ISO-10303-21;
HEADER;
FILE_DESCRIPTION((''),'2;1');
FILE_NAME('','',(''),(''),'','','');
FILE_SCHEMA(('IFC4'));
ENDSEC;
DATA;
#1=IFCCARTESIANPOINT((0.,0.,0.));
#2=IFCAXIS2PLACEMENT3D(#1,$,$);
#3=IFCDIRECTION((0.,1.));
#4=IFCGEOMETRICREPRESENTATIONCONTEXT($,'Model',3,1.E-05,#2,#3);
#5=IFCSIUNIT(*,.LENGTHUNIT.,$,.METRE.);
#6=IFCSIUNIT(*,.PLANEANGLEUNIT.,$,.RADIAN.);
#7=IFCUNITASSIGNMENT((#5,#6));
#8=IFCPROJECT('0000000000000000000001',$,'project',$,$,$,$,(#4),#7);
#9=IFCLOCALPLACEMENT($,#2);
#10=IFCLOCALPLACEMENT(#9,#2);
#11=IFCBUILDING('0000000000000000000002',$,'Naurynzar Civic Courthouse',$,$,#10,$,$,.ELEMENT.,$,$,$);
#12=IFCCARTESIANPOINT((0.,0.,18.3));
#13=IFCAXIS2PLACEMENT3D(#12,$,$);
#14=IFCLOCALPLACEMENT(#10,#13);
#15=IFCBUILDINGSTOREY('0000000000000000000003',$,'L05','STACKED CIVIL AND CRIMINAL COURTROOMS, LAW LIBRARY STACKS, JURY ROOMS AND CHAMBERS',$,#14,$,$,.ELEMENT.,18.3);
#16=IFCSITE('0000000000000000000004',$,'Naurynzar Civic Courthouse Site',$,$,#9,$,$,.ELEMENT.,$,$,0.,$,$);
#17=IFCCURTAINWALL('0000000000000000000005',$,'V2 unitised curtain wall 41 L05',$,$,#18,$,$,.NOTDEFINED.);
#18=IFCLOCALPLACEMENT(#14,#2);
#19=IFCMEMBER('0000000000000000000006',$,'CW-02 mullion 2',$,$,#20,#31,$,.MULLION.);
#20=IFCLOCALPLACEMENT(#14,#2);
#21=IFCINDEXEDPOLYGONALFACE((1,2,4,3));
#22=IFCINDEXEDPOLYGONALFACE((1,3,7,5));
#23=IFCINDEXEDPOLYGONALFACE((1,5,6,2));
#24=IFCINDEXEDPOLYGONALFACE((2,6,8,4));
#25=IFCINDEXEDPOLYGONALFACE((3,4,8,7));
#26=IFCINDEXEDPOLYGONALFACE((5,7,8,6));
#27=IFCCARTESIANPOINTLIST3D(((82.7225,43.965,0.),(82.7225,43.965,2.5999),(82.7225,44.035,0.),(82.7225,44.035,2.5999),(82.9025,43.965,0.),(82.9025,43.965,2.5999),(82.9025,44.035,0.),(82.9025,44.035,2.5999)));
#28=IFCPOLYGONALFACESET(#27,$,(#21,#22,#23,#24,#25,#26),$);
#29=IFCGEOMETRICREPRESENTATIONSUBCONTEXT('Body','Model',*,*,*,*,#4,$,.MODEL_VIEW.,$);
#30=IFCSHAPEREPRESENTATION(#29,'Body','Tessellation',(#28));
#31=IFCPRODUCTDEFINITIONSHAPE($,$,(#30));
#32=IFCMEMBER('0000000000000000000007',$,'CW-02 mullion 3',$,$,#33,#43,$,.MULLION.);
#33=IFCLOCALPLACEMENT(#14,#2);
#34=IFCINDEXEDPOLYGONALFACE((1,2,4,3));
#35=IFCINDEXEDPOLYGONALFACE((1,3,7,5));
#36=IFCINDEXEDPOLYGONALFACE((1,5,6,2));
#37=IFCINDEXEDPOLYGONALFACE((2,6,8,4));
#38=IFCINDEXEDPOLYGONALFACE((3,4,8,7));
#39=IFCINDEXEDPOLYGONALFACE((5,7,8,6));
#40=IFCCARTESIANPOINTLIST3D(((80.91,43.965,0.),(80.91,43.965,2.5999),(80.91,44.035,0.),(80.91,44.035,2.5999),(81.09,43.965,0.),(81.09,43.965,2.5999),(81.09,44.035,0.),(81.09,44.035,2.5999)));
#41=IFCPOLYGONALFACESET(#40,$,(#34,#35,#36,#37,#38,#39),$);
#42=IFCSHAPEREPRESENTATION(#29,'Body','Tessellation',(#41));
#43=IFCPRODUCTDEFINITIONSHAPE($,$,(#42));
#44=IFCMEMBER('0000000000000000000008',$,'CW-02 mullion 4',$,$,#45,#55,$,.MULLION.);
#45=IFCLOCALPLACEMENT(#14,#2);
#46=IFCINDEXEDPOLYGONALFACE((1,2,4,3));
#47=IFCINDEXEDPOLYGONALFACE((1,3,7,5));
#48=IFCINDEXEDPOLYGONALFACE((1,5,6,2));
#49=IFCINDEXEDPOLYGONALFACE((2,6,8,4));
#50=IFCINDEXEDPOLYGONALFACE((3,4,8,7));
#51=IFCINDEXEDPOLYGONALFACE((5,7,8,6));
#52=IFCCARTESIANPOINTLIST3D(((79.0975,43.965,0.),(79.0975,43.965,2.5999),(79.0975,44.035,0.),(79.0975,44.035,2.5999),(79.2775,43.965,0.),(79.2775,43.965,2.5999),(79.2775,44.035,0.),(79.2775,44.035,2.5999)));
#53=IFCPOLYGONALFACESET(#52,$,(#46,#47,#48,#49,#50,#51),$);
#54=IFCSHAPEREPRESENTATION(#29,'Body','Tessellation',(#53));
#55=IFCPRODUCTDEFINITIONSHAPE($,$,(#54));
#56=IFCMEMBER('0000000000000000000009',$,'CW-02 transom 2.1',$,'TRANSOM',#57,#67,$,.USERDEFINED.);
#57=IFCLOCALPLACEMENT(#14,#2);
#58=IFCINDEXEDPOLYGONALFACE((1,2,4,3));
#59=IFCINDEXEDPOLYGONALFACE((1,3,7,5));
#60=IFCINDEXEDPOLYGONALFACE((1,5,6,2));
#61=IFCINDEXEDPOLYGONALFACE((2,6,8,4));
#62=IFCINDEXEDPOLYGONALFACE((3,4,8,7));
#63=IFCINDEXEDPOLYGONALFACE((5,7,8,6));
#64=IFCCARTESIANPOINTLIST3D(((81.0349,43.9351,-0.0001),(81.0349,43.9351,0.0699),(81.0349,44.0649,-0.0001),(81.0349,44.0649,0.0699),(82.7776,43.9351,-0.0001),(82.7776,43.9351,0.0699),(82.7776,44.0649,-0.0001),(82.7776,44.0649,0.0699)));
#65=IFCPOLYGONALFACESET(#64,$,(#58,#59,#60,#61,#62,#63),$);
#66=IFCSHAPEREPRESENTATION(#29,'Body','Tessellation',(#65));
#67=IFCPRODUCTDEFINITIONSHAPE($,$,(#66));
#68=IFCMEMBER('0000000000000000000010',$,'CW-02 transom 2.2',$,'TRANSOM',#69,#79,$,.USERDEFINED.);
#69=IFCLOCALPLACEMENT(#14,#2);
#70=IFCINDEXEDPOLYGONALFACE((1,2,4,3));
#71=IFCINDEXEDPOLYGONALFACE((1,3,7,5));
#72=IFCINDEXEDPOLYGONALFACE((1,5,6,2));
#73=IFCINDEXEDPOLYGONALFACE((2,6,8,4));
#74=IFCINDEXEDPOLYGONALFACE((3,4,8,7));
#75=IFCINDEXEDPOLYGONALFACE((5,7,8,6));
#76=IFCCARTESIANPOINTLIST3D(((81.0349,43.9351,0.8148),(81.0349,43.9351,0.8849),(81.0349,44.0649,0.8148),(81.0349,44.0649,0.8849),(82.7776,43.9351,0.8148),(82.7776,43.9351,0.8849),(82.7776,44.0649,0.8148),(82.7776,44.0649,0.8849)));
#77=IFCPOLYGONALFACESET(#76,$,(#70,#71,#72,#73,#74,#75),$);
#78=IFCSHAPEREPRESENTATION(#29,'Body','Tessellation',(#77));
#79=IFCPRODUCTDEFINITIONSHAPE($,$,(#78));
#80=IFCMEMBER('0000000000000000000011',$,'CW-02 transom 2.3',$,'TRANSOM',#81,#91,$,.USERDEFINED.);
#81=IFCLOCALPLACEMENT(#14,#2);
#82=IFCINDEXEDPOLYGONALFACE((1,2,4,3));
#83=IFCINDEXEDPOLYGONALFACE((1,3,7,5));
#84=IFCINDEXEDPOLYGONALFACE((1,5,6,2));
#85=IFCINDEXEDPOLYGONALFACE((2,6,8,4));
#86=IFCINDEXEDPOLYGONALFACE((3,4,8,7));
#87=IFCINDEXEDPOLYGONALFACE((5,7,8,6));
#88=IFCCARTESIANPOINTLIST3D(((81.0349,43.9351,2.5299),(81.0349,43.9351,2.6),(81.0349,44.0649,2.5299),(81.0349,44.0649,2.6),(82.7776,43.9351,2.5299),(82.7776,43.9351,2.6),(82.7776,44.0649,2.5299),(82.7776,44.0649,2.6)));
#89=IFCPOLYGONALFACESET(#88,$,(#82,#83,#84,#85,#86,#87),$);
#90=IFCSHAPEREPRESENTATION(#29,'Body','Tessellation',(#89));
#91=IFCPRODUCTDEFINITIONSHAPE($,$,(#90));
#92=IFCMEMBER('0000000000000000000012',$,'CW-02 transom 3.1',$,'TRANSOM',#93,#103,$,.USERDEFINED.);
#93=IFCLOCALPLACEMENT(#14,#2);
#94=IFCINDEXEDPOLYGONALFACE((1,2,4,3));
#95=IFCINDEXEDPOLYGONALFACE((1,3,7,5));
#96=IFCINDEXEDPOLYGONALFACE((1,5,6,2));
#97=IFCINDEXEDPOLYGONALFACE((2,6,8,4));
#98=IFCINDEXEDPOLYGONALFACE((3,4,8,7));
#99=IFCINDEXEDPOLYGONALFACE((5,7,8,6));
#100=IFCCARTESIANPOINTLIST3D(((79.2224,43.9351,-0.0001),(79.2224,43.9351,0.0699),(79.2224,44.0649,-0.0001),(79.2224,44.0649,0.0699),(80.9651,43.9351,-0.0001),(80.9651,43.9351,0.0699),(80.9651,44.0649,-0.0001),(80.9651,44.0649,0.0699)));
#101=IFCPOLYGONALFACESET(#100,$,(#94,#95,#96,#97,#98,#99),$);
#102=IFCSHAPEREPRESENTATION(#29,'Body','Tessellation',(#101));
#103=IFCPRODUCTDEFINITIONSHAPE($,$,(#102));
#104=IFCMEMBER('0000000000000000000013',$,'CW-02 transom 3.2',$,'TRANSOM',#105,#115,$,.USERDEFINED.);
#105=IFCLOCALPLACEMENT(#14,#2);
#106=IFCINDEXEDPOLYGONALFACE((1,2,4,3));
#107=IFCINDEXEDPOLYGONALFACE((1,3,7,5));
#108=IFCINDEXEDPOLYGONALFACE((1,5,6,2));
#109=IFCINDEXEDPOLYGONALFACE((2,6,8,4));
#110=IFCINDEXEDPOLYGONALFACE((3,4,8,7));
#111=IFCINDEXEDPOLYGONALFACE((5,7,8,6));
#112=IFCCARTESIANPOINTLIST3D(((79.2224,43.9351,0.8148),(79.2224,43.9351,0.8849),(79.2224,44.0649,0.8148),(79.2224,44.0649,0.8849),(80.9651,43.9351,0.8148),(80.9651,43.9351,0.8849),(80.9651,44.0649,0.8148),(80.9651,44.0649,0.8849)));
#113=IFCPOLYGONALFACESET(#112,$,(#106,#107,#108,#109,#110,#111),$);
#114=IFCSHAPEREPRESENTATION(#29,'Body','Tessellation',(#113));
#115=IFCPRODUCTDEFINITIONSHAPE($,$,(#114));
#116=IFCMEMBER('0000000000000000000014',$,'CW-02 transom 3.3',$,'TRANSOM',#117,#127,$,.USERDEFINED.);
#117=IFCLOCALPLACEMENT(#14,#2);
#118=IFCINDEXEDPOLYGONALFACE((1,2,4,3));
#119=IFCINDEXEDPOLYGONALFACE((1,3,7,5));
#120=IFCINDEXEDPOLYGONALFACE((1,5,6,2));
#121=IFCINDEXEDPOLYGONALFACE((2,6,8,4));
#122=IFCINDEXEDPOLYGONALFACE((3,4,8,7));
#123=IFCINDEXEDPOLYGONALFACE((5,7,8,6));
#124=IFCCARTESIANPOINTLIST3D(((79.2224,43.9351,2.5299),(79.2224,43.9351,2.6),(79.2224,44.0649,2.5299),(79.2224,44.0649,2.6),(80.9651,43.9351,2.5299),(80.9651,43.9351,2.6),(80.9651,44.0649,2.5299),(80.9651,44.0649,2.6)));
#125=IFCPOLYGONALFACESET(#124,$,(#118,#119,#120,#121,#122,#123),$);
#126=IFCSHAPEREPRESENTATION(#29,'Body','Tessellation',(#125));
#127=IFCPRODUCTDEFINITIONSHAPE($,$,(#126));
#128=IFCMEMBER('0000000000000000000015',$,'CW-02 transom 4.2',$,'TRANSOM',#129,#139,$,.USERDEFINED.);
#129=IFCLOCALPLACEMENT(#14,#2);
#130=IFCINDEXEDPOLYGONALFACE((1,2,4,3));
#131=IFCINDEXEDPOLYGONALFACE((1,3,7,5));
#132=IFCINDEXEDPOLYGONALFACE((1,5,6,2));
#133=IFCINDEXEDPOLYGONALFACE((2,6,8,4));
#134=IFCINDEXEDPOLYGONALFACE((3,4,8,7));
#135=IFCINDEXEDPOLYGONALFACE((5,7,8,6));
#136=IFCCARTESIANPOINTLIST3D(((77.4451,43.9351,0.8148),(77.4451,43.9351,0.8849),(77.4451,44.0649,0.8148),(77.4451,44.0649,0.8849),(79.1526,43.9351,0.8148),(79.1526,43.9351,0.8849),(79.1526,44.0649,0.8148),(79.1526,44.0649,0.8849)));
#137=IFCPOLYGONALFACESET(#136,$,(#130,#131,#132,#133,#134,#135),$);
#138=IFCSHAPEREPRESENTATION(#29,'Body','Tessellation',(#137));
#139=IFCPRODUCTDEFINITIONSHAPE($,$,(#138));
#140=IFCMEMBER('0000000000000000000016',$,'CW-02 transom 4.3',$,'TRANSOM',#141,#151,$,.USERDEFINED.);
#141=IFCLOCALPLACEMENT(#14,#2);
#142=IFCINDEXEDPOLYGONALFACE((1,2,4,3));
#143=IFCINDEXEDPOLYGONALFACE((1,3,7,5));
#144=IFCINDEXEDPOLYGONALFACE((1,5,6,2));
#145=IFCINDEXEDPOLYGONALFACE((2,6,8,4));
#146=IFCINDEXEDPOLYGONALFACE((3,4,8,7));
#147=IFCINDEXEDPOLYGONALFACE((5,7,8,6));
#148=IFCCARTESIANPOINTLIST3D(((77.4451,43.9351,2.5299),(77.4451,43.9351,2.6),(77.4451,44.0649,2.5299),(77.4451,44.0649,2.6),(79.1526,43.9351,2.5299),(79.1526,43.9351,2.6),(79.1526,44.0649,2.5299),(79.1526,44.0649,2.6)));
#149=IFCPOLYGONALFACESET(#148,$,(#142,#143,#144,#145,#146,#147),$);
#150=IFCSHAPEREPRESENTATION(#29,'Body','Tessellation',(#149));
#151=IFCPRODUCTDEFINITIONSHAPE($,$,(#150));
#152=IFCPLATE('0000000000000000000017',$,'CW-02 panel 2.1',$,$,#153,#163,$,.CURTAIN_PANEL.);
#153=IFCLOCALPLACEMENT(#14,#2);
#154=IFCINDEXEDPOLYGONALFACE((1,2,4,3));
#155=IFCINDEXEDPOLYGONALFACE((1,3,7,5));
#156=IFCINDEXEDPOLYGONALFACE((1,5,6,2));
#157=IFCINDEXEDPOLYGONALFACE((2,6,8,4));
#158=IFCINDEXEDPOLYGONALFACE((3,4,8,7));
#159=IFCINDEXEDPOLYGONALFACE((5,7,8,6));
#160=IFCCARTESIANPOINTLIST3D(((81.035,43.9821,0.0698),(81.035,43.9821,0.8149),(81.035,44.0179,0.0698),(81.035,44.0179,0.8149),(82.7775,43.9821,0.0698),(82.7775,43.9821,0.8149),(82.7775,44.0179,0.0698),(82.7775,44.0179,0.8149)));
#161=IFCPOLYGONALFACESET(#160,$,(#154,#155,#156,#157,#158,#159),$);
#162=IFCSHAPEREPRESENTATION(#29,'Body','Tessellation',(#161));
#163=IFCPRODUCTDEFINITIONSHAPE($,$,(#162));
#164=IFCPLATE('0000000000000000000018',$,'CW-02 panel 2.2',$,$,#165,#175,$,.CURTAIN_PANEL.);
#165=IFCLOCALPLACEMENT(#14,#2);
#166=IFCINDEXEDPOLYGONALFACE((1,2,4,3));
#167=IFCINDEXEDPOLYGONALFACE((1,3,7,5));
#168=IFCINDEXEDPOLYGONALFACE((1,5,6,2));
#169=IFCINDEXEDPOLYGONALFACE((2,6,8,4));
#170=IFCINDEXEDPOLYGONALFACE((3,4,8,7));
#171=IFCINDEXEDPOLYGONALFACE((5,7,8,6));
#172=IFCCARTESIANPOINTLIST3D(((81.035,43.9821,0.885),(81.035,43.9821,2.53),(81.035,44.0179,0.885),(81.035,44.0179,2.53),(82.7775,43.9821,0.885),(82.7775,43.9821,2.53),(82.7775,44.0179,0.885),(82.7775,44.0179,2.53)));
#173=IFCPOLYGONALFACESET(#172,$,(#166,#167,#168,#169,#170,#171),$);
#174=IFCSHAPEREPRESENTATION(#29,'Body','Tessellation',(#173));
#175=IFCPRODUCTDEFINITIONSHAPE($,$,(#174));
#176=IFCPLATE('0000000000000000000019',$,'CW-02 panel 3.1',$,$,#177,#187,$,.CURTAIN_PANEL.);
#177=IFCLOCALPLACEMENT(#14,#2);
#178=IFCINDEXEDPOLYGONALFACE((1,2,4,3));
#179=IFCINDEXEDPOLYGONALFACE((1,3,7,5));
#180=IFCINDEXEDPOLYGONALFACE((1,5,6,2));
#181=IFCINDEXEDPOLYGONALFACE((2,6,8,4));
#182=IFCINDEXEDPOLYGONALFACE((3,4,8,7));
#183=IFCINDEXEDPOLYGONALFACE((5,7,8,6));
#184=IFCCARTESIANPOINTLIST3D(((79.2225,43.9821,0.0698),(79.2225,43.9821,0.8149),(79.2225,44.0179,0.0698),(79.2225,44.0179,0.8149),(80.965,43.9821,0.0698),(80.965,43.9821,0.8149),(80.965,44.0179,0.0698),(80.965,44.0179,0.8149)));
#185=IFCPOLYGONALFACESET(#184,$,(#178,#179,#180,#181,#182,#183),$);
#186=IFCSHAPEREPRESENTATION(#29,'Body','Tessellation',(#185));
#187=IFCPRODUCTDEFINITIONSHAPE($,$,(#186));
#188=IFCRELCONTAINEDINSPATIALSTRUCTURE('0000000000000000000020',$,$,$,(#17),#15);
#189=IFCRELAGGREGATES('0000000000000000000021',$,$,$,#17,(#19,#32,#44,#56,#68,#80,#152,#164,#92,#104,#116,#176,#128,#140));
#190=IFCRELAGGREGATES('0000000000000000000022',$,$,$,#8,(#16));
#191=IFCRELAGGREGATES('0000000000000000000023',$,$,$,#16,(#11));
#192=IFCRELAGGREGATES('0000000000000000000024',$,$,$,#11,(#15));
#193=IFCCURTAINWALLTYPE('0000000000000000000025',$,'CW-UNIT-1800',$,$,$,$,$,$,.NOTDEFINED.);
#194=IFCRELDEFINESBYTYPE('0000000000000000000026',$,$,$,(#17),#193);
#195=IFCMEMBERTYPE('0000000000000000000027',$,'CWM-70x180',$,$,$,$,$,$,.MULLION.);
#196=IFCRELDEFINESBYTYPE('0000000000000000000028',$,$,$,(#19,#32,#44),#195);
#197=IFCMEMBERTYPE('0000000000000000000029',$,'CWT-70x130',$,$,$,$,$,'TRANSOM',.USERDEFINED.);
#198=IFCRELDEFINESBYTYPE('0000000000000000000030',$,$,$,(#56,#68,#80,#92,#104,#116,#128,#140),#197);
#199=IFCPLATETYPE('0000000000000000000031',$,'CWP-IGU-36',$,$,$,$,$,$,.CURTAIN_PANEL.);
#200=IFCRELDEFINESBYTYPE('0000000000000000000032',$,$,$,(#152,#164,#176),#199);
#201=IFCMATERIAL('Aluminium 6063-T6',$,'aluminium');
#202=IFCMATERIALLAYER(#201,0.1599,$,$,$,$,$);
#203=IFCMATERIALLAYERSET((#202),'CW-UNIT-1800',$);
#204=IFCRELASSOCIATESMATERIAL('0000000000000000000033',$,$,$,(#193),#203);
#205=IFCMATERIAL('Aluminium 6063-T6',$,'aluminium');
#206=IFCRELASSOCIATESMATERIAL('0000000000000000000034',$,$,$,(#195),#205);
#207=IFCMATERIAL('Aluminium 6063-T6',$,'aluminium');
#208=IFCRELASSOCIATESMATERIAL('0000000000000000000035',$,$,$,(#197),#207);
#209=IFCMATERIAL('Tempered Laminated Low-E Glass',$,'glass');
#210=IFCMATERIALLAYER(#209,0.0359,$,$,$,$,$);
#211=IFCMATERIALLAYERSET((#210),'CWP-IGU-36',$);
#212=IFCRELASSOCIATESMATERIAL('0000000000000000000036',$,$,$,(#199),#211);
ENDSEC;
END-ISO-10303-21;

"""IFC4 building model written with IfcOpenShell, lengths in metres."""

from ifc_helpers import new_model, si_unit, direction, frame, origin, origin_2d, place, context, subcontext, project, spatial, rectangle, extrude, material, layer, layer_set, material_profile, profile_set, type_object, element, aggregate, save


model = new_model("IFC4")

# Units and contexts
model_context = context("Model", 3, precision=1e-05, world=origin(), true_north=direction((0.0, 1.0)))
body_context = subcontext(model_context, "Body", "Model", "MODEL_VIEW")
ifc_project = project(units=[si_unit("LENGTHUNIT", "METRE"), si_unit("PLANEANGLEUNIT", "RADIAN")], contexts=[model_context])

# Site, building, storey
site_placement = place(None, origin())
site = spatial("IfcSite", under=ifc_project, at=site_placement, Name="Naurynzar Civic Courthouse Site", CompositionType="ELEMENT", RefElevation=0.0)
building_placement = place(site_placement, origin())
building = spatial("IfcBuilding", under=site, at=building_placement, Name="Naurynzar Civic Courthouse", CompositionType="ELEMENT")
storey_placement = place(building_placement, frame((0.0, 0.0, 18.3)))
storey = spatial("IfcBuildingStorey", under=building, at=storey_placement, Name="L05", Description="STACKED CIVIL AND CRIMINAL COURTROOMS, LAW LIBRARY STACKS, JURY ROOMS AND CHAMBERS", CompositionType="ELEMENT", Elevation=18.3)

# Curtain wall, members, plates
ifc_material_1 = material(Name="Aluminium 6063-T6", Category="aluminium")
ifc_layer_1 = layer(ifc_material_1, 0.1599)
ifc_layer_set_1 = layer_set([ifc_layer_1], Name="CW-UNIT-1800")
curtain_wall_type = type_object("IfcCurtainWallType", Name="CW-UNIT-1800", PredefinedType="NOTDEFINED", material=ifc_layer_set_1)
curtain_wall_placement = place(storey_placement, origin())
curtain_wall = element("IfcCurtainWall", 1, at=curtain_wall_placement, inside=storey, type_object=curtain_wall_type, Name="V2 unitised curtain wall 41 L05", PredefinedType="NOTDEFINED")
ifc_material_2 = material(Name="Aluminium 6063-T6", Category="aluminium")
ifc_material_profile_1 = material_profile(ifc_material_2, rectangle(XDim=0.0701, YDim=0.1799, at=origin_2d()), Name="ALU MULLION 70x180")
ifc_profile_set_1 = profile_set([ifc_material_profile_1], Name="Aluminium 6063-T6")
member_type_1 = type_object("IfcMemberType", Name="CWM-70x180", PredefinedType="MULLION", material=ifc_profile_set_1)
member_1_placement = place(storey_placement, frame((82.8125, 44.0, 0.0), z_axis=(0.0, 0.0, 1.0), x_axis=(0.0, -1.0, 0.0)))
member_1 = element("IfcMember", 2, at=member_1_placement, type_object=member_type_1, Name="CW-02 mullion 2", PredefinedType="MULLION", context=body_context, shape_type="SweptSolid", body=[
    extrude(rectangle(XDim=0.0701, YDim=0.1799, at=origin_2d()), origin(), (0.0, 0.0, 1.0), 2.5999),
])
member_2_placement = place(storey_placement, frame((81.0, 44.0, 0.0), z_axis=(0.0, 0.0, 1.0), x_axis=(0.0, -1.0, 0.0)))
member_2 = element("IfcMember", 3, at=member_2_placement, type_object=member_type_1, Name="CW-02 mullion 3", PredefinedType="MULLION", context=body_context, shape_type="SweptSolid", body=[
    extrude(rectangle(XDim=0.0701, YDim=0.1799, at=origin_2d()), origin(), (0.0, 0.0, 1.0), 2.5999),
])
member_3_placement = place(storey_placement, frame((79.1875, 44.0, 0.0), z_axis=(0.0, 0.0, 1.0), x_axis=(0.0, -1.0, 0.0)))
member_3 = element("IfcMember", 4, at=member_3_placement, type_object=member_type_1, Name="CW-02 mullion 4", PredefinedType="MULLION", context=body_context, shape_type="SweptSolid", body=[
    extrude(rectangle(XDim=0.0701, YDim=0.1799, at=origin_2d()), origin(), (0.0, 0.0, 1.0), 2.5999),
])
ifc_material_3 = material(Name="Aluminium 6063-T6", Category="aluminium")
ifc_material_profile_2 = material_profile(ifc_material_3, rectangle(XDim=0.1299, YDim=0.0701, at=origin_2d()), Name="ALU TRANSOM 70x130")
ifc_profile_set_2 = profile_set([ifc_material_profile_2], Name="Aluminium 6063-T6")
member_type_2 = type_object("IfcMemberType", Name="CWT-70x130", ElementType="TRANSOM", PredefinedType="USERDEFINED", material=ifc_profile_set_2)
member_4_placement = place(storey_placement, frame((82.7776, 44.0, 0.0349), z_axis=(-1.0, 0.0, 0.0), x_axis=(0.0, -1.0, 0.0)))
member_4 = element("IfcMember", 5, at=member_4_placement, type_object=member_type_2, Name="CW-02 transom 2.1", ObjectType="TRANSOM", PredefinedType="USERDEFINED", context=body_context, shape_type="SweptSolid", body=[
    extrude(rectangle(XDim=0.1299, YDim=0.0701, at=origin_2d()), origin(), (0.0, 0.0, 1.0), 1.7427),
])
member_5_placement = place(storey_placement, frame((82.7776, 44.0, 0.8499), z_axis=(-1.0, 0.0, 0.0), x_axis=(0.0, -1.0, 0.0)))
member_5 = element("IfcMember", 6, at=member_5_placement, type_object=member_type_2, Name="CW-02 transom 2.2", ObjectType="TRANSOM", PredefinedType="USERDEFINED", context=body_context, shape_type="SweptSolid", body=[
    extrude(rectangle(XDim=0.1299, YDim=0.0701, at=origin_2d()), origin(), (0.0, 0.0, 1.0), 1.7427),
])
member_6_placement = place(storey_placement, frame((82.7776, 44.0, 2.5649), z_axis=(-1.0, 0.0, 0.0), x_axis=(0.0, -1.0, 0.0)))
member_6 = element("IfcMember", 7, at=member_6_placement, type_object=member_type_2, Name="CW-02 transom 2.3", ObjectType="TRANSOM", PredefinedType="USERDEFINED", context=body_context, shape_type="SweptSolid", body=[
    extrude(rectangle(XDim=0.1299, YDim=0.0701, at=origin_2d()), origin(), (0.0, 0.0, 1.0), 1.7427),
])
member_7_placement = place(storey_placement, frame((80.9651, 44.0, 0.0349), z_axis=(-1.0, 0.0, 0.0), x_axis=(0.0, -1.0, 0.0)))
member_7 = element("IfcMember", 8, at=member_7_placement, type_object=member_type_2, Name="CW-02 transom 3.1", ObjectType="TRANSOM", PredefinedType="USERDEFINED", context=body_context, shape_type="SweptSolid", body=[
    extrude(rectangle(XDim=0.1299, YDim=0.0701, at=origin_2d()), origin(), (0.0, 0.0, 1.0), 1.7427),
])
member_8_placement = place(storey_placement, frame((80.9651, 44.0, 0.8499), z_axis=(-1.0, 0.0, 0.0), x_axis=(0.0, -1.0, 0.0)))
member_8 = element("IfcMember", 9, at=member_8_placement, type_object=member_type_2, Name="CW-02 transom 3.2", ObjectType="TRANSOM", PredefinedType="USERDEFINED", context=body_context, shape_type="SweptSolid", body=[
    extrude(rectangle(XDim=0.1299, YDim=0.0701, at=origin_2d()), origin(), (0.0, 0.0, 1.0), 1.7427),
])
member_9_placement = place(storey_placement, frame((80.9651, 44.0, 2.5649), z_axis=(-1.0, 0.0, 0.0), x_axis=(0.0, -1.0, 0.0)))
member_9 = element("IfcMember", 10, at=member_9_placement, type_object=member_type_2, Name="CW-02 transom 3.3", ObjectType="TRANSOM", PredefinedType="USERDEFINED", context=body_context, shape_type="SweptSolid", body=[
    extrude(rectangle(XDim=0.1299, YDim=0.0701, at=origin_2d()), origin(), (0.0, 0.0, 1.0), 1.7427),
])
member_10_placement = place(storey_placement, frame((79.1526, 44.0, 0.8499), z_axis=(-1.0, 0.0, 0.0), x_axis=(0.0, -1.0, 0.0)))
member_10 = element("IfcMember", 11, at=member_10_placement, type_object=member_type_2, Name="CW-02 transom 4.2", ObjectType="TRANSOM", PredefinedType="USERDEFINED", context=body_context, shape_type="SweptSolid", body=[
    extrude(rectangle(XDim=0.1299, YDim=0.0701, at=origin_2d()), origin(), (0.0, 0.0, 1.0), 1.7075),
])
member_11_placement = place(storey_placement, frame((79.1526, 44.0, 2.5649), z_axis=(-1.0, 0.0, 0.0), x_axis=(0.0, -1.0, 0.0)))
member_11 = element("IfcMember", 12, at=member_11_placement, type_object=member_type_2, Name="CW-02 transom 4.3", ObjectType="TRANSOM", PredefinedType="USERDEFINED", context=body_context, shape_type="SweptSolid", body=[
    extrude(rectangle(XDim=0.1299, YDim=0.0701, at=origin_2d()), origin(), (0.0, 0.0, 1.0), 1.7075),
])
ifc_material_4 = material(Name="Tempered Laminated Low-E Glass", Category="glass")
ifc_layer_2 = layer(ifc_material_4, 0.0359)
ifc_layer_set_2 = layer_set([ifc_layer_2], Name="CWP-IGU-36")
plate_type = type_object("IfcPlateType", Name="CWP-IGU-36", PredefinedType="CURTAIN_PANEL", material=ifc_layer_set_2)
plate_1_placement = place(storey_placement, frame((81.9062, 44.0, 0.0698), z_axis=(0.0, 0.0, 1.0), x_axis=(-1.0, 0.0, 0.0)))
plate_1 = element("IfcPlate", 13, at=plate_1_placement, type_object=plate_type, Name="CW-02 panel 2.1", PredefinedType="CURTAIN_PANEL", context=body_context, shape_type="SweptSolid", body=[
    extrude(rectangle(XDim=1.7424, YDim=0.0359, at=origin_2d()), origin(), (0.0, 0.0, 1.0), 0.7451),
])
plate_2_placement = place(storey_placement, frame((81.9062, 44.0, 0.885), z_axis=(0.0, 0.0, 1.0), x_axis=(-1.0, 0.0, 0.0)))
plate_2 = element("IfcPlate", 14, at=plate_2_placement, type_object=plate_type, Name="CW-02 panel 2.2", PredefinedType="CURTAIN_PANEL", context=body_context, shape_type="SweptSolid", body=[
    extrude(rectangle(XDim=1.7424, YDim=0.0359, at=origin_2d()), origin(), (0.0, 0.0, 1.0), 1.645),
])
plate_3_placement = place(storey_placement, frame((80.0938, 44.0, 0.0698), z_axis=(0.0, 0.0, 1.0), x_axis=(-1.0, 0.0, 0.0)))
plate_3 = element("IfcPlate", 15, at=plate_3_placement, type_object=plate_type, Name="CW-02 panel 3.1", PredefinedType="CURTAIN_PANEL", context=body_context, shape_type="SweptSolid", body=[
    extrude(rectangle(XDim=1.7424, YDim=0.0359, at=origin_2d()), origin(), (0.0, 0.0, 1.0), 0.7451),
])
aggregate(curtain_wall, [member_1, member_2, member_3, member_4, member_5, member_6, plate_1, plate_2, member_7, member_8, member_9, plate_3, member_10, member_11])

save(model, "model.ifc")
